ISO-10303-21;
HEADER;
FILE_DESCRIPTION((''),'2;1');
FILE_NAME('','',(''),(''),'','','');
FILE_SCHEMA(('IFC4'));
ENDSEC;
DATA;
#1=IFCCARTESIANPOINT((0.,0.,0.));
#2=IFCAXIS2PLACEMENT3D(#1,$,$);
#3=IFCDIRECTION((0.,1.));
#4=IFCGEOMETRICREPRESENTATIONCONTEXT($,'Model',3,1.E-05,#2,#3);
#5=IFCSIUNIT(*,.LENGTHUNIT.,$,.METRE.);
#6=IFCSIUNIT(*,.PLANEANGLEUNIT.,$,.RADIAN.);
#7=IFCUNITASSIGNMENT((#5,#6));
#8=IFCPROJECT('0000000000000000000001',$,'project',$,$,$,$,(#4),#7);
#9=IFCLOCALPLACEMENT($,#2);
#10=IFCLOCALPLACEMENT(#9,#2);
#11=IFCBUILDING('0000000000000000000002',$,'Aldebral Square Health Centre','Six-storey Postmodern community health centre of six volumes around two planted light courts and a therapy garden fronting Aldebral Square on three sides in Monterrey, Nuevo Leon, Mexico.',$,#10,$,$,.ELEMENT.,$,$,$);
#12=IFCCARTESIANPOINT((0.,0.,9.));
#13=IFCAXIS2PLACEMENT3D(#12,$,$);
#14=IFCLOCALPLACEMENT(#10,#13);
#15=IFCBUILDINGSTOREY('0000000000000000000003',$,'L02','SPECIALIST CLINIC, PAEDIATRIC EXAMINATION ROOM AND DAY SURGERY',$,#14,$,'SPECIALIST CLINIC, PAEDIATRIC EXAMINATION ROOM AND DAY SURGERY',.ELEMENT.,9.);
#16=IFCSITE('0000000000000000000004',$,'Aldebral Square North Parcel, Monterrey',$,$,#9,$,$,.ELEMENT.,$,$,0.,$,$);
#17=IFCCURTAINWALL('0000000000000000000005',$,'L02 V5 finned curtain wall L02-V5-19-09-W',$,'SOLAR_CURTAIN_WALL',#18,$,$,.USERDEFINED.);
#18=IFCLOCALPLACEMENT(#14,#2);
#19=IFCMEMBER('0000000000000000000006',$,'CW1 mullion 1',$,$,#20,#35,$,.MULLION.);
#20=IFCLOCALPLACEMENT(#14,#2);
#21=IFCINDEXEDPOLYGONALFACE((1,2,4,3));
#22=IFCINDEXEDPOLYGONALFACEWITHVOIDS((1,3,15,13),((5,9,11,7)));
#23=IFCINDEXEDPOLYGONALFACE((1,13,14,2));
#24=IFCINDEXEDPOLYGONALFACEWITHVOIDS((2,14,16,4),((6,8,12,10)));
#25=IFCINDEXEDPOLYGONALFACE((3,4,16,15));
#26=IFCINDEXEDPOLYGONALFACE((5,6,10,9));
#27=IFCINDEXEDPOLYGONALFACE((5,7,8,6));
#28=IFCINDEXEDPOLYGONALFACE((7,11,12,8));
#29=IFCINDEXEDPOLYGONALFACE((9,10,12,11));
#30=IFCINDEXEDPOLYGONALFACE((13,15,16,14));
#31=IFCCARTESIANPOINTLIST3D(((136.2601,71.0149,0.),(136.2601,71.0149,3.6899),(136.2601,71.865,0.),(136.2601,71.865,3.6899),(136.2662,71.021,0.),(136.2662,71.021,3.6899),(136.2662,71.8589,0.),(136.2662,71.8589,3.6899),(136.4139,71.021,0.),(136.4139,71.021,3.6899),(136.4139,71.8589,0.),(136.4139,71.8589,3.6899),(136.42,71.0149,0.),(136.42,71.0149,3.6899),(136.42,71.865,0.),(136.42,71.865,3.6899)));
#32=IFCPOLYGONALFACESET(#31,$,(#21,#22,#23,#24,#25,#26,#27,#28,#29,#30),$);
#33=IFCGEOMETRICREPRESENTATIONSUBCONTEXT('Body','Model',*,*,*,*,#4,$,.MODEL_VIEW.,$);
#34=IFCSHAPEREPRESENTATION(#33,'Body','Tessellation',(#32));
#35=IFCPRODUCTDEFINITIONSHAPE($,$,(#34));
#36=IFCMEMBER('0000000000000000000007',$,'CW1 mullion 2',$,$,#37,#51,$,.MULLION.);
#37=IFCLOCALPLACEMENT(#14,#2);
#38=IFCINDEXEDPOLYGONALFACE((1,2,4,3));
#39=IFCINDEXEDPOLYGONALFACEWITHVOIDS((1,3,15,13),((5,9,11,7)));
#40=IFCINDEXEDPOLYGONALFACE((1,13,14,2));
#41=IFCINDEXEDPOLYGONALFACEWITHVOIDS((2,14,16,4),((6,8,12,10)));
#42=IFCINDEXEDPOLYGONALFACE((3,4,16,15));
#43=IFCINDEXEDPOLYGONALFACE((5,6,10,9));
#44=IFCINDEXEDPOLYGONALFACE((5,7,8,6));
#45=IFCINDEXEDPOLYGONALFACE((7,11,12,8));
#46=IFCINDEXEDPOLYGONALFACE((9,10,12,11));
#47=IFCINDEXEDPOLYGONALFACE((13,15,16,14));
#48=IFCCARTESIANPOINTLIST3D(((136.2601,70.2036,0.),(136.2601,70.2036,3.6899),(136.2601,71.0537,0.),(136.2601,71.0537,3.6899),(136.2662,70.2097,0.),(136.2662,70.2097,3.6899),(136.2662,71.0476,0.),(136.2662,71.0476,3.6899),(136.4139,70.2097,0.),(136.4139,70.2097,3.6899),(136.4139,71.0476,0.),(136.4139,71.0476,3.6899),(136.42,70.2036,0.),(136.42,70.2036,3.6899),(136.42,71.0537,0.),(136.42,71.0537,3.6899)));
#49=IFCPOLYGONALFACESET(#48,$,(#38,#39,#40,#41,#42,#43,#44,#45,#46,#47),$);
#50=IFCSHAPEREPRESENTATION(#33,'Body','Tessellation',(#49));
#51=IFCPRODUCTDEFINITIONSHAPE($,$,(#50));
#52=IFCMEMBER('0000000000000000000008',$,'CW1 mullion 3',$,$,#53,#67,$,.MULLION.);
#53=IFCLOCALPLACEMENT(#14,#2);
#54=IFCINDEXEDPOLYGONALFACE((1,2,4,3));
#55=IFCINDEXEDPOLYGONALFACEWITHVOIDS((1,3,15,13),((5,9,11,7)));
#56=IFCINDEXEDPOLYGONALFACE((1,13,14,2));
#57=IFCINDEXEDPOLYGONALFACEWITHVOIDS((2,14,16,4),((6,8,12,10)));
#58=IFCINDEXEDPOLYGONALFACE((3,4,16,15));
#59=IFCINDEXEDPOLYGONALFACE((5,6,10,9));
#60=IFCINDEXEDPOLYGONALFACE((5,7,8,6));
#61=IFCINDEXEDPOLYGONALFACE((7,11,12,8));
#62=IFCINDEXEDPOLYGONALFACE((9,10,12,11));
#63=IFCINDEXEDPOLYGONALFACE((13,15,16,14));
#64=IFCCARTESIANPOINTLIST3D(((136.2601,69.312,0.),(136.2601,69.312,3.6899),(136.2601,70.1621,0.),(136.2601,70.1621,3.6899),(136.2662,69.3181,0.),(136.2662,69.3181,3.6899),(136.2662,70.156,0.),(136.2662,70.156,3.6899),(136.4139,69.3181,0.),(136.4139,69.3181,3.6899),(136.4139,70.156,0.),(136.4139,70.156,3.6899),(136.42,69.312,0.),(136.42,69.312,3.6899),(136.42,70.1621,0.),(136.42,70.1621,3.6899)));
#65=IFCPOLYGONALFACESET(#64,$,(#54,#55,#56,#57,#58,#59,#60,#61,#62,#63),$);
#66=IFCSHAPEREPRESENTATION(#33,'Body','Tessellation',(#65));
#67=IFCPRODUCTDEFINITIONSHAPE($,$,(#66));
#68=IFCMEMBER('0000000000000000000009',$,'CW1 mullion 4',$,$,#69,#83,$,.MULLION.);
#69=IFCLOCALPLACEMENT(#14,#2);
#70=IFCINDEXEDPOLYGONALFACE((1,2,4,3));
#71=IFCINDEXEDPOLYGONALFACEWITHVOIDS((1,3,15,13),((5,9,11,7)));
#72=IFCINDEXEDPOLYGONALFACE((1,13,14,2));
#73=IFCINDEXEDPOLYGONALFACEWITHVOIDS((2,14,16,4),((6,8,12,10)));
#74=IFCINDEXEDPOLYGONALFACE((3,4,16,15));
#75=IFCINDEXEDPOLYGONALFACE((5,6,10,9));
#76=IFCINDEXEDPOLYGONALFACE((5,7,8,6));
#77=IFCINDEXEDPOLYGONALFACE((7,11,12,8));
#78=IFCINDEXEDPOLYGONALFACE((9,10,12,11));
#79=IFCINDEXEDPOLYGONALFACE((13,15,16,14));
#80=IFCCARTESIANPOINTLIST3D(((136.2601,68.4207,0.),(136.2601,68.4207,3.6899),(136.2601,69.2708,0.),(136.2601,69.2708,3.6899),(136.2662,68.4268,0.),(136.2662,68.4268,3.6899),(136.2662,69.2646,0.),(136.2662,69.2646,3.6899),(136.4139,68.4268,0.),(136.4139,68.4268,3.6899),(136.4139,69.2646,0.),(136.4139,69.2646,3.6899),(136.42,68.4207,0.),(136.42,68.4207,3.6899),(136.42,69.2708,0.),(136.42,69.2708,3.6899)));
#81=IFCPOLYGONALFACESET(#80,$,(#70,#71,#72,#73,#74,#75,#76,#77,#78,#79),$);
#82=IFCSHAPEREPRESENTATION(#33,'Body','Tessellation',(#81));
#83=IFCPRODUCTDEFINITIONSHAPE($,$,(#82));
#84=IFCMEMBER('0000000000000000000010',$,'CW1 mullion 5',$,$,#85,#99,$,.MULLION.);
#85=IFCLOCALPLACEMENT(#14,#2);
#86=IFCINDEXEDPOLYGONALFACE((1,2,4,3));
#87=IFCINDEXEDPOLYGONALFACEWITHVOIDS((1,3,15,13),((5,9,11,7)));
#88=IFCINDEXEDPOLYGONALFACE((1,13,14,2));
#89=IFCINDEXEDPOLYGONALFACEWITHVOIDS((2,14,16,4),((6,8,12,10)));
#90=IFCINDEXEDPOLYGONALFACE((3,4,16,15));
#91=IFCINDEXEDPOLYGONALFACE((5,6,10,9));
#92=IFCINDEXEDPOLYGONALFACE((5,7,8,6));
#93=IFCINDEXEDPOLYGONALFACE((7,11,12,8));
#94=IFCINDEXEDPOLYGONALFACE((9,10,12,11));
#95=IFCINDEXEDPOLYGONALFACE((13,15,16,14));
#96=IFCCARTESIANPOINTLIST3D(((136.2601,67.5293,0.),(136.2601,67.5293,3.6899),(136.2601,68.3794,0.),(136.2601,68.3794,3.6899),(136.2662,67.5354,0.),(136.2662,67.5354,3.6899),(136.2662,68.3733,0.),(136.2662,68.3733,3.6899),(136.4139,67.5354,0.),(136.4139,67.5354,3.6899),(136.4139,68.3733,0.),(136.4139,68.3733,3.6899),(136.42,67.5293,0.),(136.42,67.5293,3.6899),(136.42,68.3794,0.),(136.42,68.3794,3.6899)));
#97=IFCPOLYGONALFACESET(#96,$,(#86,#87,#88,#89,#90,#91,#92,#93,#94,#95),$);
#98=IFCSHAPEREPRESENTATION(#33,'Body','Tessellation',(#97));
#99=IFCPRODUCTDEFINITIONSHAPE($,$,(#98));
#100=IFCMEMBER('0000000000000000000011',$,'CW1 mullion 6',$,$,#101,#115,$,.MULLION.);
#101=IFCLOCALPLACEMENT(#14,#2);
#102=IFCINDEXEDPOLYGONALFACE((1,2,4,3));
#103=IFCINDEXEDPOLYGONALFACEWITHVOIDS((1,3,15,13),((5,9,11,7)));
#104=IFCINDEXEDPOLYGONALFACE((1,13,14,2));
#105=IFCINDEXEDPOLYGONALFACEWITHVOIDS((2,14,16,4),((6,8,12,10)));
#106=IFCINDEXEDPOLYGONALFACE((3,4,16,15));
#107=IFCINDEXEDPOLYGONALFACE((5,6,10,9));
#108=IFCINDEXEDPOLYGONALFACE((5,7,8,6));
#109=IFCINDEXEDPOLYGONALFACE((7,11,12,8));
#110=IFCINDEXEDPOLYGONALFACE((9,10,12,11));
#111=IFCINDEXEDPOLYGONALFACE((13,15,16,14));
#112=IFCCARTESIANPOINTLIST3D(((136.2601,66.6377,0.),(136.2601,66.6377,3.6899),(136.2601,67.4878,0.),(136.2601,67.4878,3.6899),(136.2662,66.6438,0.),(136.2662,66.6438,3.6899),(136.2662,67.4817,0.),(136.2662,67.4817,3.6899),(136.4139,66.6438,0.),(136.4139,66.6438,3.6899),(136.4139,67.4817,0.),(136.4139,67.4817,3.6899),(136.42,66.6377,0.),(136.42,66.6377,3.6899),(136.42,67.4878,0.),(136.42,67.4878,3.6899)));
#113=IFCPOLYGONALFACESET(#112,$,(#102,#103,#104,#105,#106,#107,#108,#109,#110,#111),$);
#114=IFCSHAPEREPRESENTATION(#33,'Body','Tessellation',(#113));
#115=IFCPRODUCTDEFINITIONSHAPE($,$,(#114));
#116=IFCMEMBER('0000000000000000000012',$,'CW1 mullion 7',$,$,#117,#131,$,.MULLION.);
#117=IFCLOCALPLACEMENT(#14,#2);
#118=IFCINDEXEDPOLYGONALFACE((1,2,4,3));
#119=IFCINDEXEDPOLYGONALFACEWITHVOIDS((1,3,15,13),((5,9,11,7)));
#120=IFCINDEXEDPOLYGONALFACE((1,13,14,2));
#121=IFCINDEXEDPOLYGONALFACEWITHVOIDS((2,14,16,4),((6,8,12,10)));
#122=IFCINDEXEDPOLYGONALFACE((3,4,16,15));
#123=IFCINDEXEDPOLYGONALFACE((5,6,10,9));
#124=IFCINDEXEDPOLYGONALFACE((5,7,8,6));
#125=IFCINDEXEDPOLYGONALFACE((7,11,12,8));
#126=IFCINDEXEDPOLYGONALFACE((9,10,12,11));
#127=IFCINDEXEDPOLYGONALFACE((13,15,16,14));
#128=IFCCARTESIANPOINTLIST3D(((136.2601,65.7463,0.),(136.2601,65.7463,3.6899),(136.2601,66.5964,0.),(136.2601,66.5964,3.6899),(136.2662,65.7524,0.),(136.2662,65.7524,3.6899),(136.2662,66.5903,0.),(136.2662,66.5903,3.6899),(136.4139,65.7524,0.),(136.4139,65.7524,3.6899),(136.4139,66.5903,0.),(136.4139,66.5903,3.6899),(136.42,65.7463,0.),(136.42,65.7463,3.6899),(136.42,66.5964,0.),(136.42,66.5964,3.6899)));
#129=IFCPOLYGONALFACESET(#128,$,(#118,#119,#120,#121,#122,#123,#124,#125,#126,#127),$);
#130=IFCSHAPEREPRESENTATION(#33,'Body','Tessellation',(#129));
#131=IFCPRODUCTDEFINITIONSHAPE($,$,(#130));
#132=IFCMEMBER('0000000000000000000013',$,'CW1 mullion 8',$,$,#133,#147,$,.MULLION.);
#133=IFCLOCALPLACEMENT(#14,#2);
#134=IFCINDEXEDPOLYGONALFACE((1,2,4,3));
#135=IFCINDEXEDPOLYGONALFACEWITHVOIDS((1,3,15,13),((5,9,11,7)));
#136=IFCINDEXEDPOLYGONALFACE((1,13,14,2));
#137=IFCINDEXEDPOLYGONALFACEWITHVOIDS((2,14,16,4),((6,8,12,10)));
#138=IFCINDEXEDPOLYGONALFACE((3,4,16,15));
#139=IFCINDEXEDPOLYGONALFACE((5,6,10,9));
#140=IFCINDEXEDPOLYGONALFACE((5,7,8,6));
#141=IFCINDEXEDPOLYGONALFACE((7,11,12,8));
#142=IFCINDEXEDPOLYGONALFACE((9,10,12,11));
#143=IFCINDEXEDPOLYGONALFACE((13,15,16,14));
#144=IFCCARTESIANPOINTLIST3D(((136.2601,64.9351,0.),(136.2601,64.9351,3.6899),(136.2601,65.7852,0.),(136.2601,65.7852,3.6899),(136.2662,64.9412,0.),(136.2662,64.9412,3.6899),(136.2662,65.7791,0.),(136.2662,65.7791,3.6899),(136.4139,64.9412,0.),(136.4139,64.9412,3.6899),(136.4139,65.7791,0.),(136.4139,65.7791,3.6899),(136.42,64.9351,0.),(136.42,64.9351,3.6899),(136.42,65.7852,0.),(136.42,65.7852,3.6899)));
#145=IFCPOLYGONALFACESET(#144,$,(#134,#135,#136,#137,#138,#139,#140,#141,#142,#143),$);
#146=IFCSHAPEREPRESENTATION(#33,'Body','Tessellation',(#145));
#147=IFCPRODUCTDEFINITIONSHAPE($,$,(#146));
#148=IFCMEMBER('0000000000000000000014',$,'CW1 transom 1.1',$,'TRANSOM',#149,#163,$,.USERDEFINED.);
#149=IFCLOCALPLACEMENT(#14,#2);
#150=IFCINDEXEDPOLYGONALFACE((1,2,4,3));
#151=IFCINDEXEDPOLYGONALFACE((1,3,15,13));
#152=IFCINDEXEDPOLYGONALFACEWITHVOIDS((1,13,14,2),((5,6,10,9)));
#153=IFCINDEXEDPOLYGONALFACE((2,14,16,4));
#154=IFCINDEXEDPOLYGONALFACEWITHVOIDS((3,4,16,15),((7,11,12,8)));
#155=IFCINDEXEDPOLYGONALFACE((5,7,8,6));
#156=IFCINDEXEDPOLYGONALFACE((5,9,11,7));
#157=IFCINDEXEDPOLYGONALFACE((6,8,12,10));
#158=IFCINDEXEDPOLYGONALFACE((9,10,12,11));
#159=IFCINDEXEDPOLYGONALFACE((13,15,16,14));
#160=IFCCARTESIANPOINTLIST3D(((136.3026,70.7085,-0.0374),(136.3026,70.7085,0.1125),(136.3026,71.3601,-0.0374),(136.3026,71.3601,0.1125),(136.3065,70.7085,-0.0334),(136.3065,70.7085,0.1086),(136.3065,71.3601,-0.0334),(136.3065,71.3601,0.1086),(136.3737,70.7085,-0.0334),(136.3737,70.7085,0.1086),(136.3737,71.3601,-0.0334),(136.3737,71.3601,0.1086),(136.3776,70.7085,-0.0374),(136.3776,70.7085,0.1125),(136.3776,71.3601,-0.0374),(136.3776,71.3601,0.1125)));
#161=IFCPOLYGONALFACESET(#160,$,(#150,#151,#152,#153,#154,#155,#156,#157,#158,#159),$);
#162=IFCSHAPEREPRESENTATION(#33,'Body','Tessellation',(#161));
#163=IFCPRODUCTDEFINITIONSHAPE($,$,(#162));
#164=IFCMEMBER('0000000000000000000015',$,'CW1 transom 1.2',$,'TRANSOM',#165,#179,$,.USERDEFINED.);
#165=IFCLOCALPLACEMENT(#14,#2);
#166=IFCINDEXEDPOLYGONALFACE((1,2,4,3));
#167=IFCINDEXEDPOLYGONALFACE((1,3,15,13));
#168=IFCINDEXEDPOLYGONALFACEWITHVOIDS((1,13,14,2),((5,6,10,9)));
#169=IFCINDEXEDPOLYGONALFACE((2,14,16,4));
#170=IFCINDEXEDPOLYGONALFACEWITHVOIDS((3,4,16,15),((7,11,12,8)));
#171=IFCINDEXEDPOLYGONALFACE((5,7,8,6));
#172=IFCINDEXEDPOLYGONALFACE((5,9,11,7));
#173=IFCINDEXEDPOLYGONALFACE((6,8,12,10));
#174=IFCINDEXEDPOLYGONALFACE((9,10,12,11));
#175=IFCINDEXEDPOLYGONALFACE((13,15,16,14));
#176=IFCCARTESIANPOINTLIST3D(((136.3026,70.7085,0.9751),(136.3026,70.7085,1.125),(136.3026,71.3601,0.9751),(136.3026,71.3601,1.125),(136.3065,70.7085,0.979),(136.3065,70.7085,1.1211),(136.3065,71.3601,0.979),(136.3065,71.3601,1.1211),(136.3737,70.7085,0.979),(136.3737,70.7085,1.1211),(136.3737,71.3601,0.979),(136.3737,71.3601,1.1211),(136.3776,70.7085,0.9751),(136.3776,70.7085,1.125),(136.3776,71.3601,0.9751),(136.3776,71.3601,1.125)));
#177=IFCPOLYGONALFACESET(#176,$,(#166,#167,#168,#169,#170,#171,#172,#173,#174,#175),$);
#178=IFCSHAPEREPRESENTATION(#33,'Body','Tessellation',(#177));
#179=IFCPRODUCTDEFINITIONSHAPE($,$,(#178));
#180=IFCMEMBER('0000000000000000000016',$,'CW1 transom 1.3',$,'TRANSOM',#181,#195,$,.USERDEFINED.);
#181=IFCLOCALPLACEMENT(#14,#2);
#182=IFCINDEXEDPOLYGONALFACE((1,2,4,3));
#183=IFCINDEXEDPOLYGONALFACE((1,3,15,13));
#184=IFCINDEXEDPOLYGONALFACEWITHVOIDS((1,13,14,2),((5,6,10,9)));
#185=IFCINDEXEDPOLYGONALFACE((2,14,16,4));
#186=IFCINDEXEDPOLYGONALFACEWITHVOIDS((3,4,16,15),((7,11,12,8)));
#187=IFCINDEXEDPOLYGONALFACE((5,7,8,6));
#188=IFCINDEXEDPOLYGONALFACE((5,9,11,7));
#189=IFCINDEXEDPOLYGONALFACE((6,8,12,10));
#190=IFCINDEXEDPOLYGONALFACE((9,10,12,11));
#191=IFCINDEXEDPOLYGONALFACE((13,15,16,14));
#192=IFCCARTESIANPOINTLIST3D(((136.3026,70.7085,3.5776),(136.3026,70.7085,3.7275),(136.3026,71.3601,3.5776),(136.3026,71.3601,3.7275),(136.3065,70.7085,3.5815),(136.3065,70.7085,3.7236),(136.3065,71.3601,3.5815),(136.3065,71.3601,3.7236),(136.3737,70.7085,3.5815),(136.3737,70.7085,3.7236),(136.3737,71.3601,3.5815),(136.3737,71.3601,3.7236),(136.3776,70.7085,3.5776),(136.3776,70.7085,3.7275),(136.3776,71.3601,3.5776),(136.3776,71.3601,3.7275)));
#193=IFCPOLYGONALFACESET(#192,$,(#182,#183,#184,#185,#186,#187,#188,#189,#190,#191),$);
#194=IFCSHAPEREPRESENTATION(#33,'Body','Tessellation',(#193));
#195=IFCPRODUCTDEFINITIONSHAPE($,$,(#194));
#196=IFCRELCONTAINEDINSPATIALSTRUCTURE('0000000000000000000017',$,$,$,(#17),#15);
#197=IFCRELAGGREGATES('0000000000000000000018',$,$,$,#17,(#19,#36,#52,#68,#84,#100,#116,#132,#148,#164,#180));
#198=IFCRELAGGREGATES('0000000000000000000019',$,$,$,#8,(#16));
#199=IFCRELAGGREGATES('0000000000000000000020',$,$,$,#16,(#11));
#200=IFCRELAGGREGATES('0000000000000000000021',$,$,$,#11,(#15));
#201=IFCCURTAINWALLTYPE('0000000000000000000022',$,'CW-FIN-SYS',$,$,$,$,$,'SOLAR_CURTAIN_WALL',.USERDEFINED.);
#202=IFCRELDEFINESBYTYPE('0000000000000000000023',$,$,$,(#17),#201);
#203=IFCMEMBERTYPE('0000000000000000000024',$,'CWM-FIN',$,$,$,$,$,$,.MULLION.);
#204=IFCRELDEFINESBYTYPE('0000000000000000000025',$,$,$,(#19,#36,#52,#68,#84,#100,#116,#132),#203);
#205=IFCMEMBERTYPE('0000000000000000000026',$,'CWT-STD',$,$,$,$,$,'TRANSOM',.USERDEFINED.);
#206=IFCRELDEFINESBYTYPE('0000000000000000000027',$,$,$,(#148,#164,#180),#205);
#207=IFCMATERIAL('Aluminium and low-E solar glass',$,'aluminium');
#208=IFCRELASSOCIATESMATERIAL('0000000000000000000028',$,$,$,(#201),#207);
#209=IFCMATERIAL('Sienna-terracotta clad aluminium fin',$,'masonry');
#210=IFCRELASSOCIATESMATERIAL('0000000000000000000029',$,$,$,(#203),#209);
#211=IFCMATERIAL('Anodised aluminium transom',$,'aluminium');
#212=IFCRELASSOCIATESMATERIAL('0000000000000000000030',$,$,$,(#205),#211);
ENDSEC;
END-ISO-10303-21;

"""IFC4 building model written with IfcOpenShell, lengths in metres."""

from ifc_helpers import new_model, si_unit, direction, frame, origin, origin_2d, place, context, subcontext, project, spatial, hollow_rectangle, extrude, material, material_profile, profile_set, type_object, element, aggregate, save


model = new_model("IFC4")

# Units and contexts
model_context = context("Model", 3, precision=1e-05, world=origin(), true_north=direction((0.0, 1.0)))
body_context = subcontext(model_context, "Body", "Model", "MODEL_VIEW")
ifc_project = project(units=[si_unit("LENGTHUNIT", "METRE"), si_unit("PLANEANGLEUNIT", "RADIAN")], contexts=[model_context])

# Site, building, storey
site_placement = place(None, origin())
site = spatial("IfcSite", under=ifc_project, at=site_placement, Name="Aldebral Square North Parcel, Monterrey", CompositionType="ELEMENT", RefElevation=0.0)
building_placement = place(site_placement, origin())
building = spatial("IfcBuilding", under=site, at=building_placement, Name="Aldebral Square Health Centre", Description="Six-storey Postmodern community health centre of six volumes around two planted light courts and a therapy garden fronting Aldebral Square on three sides in Monterrey, Nuevo Leon, Mexico.", CompositionType="ELEMENT")
storey_placement = place(building_placement, frame((0.0, 0.0, 9.0)))
storey = spatial("IfcBuildingStorey", under=building, at=storey_placement, Name="L02", Description="SPECIALIST CLINIC, PAEDIATRIC EXAMINATION ROOM AND DAY SURGERY", LongName="SPECIALIST CLINIC, PAEDIATRIC EXAMINATION ROOM AND DAY SURGERY", CompositionType="ELEMENT", Elevation=9.0)

# Curtain wall, members
ifc_material_1 = material(Name="Aluminium and low-E solar glass", Category="aluminium")
curtain_wall_type = type_object("IfcCurtainWallType", Name="CW-FIN-SYS", ElementType="SOLAR_CURTAIN_WALL", PredefinedType="USERDEFINED", material=ifc_material_1)
curtain_wall_placement = place(storey_placement, origin())
curtain_wall = element("IfcCurtainWall", 1, at=curtain_wall_placement, inside=storey, type_object=curtain_wall_type, Name="L02 V5 finned curtain wall L02-V5-19-09-W", ObjectType="SOLAR_CURTAIN_WALL", PredefinedType="USERDEFINED")
ifc_material_2 = material(Name="Sienna-terracotta clad aluminium fin", Category="masonry")
ifc_material_profile_1 = material_profile(ifc_material_2, hollow_rectangle(XDim=0.1599, YDim=0.8501, WallThickness=0.0061, at=origin_2d()), Name="FIN 160x850x6")
ifc_profile_set_1 = profile_set([ifc_material_profile_1], Name="Sienna-terracotta clad aluminium fin")
member_type_1 = type_object("IfcMemberType", Name="CWM-FIN", PredefinedType="MULLION", material=ifc_profile_set_1)
member_1_placement = place(storey_placement, frame((136.3401, 71.4399, 0.0), z_axis=(0.0, 0.0, 1.0), x_axis=(1.0, 0.0, 0.0)))
member_1 = element("IfcMember", 2, at=member_1_placement, type_object=member_type_1, Name="CW1 mullion 1", PredefinedType="MULLION", context=body_context, shape_type="SweptSolid", body=[
    extrude(hollow_rectangle(XDim=0.1599, YDim=0.8501, WallThickness=0.0061, at=origin_2d()), origin(), (0.0, 0.0, 1.0), 3.6899),
])
member_2_placement = place(storey_placement, frame((136.3401, 70.6287, 0.0), z_axis=(0.0, 0.0, 1.0), x_axis=(1.0, 0.0, 0.0)))
member_2 = element("IfcMember", 3, at=member_2_placement, type_object=member_type_1, Name="CW1 mullion 2", PredefinedType="MULLION", context=body_context, shape_type="SweptSolid", body=[
    extrude(hollow_rectangle(XDim=0.1599, YDim=0.8501, WallThickness=0.0061, at=origin_2d()), origin(), (0.0, 0.0, 1.0), 3.6899),
])
member_3_placement = place(storey_placement, frame((136.3401, 69.7371, 0.0), z_axis=(0.0, 0.0, 1.0), x_axis=(1.0, 0.0, 0.0)))
member_3 = element("IfcMember", 4, at=member_3_placement, type_object=member_type_1, Name="CW1 mullion 3", PredefinedType="MULLION", context=body_context, shape_type="SweptSolid", body=[
    extrude(hollow_rectangle(XDim=0.1599, YDim=0.8501, WallThickness=0.0061, at=origin_2d()), origin(), (0.0, 0.0, 1.0), 3.6899),
])
member_4_placement = place(storey_placement, frame((136.3401, 68.8457, 0.0), z_axis=(0.0, 0.0, 1.0), x_axis=(1.0, 0.0, 0.0)))
member_4 = element("IfcMember", 5, at=member_4_placement, type_object=member_type_1, Name="CW1 mullion 4", PredefinedType="MULLION", context=body_context, shape_type="SweptSolid", body=[
    extrude(hollow_rectangle(XDim=0.1599, YDim=0.8501, WallThickness=0.0061, at=origin_2d()), origin(), (0.0, 0.0, 1.0), 3.6899),
])
member_5_placement = place(storey_placement, frame((136.3401, 67.9543, 0.0), z_axis=(0.0, 0.0, 1.0), x_axis=(1.0, 0.0, 0.0)))
member_5 = element("IfcMember", 6, at=member_5_placement, type_object=member_type_1, Name="CW1 mullion 5", PredefinedType="MULLION", context=body_context, shape_type="SweptSolid", body=[
    extrude(hollow_rectangle(XDim=0.1599, YDim=0.8501, WallThickness=0.0061, at=origin_2d()), origin(), (0.0, 0.0, 1.0), 3.6899),
])
member_6_placement = place(storey_placement, frame((136.3401, 67.0627, 0.0), z_axis=(0.0, 0.0, 1.0), x_axis=(1.0, 0.0, 0.0)))
member_6 = element("IfcMember", 7, at=member_6_placement, type_object=member_type_1, Name="CW1 mullion 6", PredefinedType="MULLION", context=body_context, shape_type="SweptSolid", body=[
    extrude(hollow_rectangle(XDim=0.1599, YDim=0.8501, WallThickness=0.0061, at=origin_2d()), origin(), (0.0, 0.0, 1.0), 3.6899),
])
member_7_placement = place(storey_placement, frame((136.3401, 66.1714, 0.0), z_axis=(0.0, 0.0, 1.0), x_axis=(1.0, 0.0, 0.0)))
member_7 = element("IfcMember", 8, at=member_7_placement, type_object=member_type_1, Name="CW1 mullion 7", PredefinedType="MULLION", context=body_context, shape_type="SweptSolid", body=[
    extrude(hollow_rectangle(XDim=0.1599, YDim=0.8501, WallThickness=0.0061, at=origin_2d()), origin(), (0.0, 0.0, 1.0), 3.6899),
])
member_8_placement = place(storey_placement, frame((136.3401, 65.3601, 0.0), z_axis=(0.0, 0.0, 1.0), x_axis=(1.0, 0.0, 0.0)))
member_8 = element("IfcMember", 9, at=member_8_placement, type_object=member_type_1, Name="CW1 mullion 8", PredefinedType="MULLION", context=body_context, shape_type="SweptSolid", body=[
    extrude(hollow_rectangle(XDim=0.1599, YDim=0.8501, WallThickness=0.0061, at=origin_2d()), origin(), (0.0, 0.0, 1.0), 3.6899),
])
ifc_material_3 = material(Name="Anodised aluminium transom", Category="aluminium")
ifc_material_profile_2 = material_profile(ifc_material_3, hollow_rectangle(XDim=0.075, YDim=0.1499, WallThickness=0.0039, at=origin_2d()), Name="CWT 75x150x4")
ifc_profile_set_2 = profile_set([ifc_material_profile_2], Name="Anodised aluminium transom")
member_type_2 = type_object("IfcMemberType", Name="CWT-STD", ElementType="TRANSOM", PredefinedType="USERDEFINED", material=ifc_profile_set_2)
member_9_placement = place(storey_placement, frame((136.3401, 71.3601, 0.0376), z_axis=(0.0, -1.0, 0.0), x_axis=(1.0, 0.0, 0.0)))
member_9 = element("IfcMember", 10, at=member_9_placement, type_object=member_type_2, Name="CW1 transom 1.1", ObjectType="TRANSOM", PredefinedType="USERDEFINED", context=body_context, shape_type="SweptSolid", body=[
    extrude(hollow_rectangle(XDim=0.075, YDim=0.1499, WallThickness=0.0039, at=origin_2d()), origin(), (0.0, 0.0, 1.0), 0.6516),
])
member_10_placement = place(storey_placement, frame((136.3401, 71.3601, 1.05), z_axis=(0.0, -1.0, 0.0), x_axis=(1.0, 0.0, 0.0)))
member_10 = element("IfcMember", 11, at=member_10_placement, type_object=member_type_2, Name="CW1 transom 1.2", ObjectType="TRANSOM", PredefinedType="USERDEFINED", context=body_context, shape_type="SweptSolid", body=[
    extrude(hollow_rectangle(XDim=0.075, YDim=0.1499, WallThickness=0.0039, at=origin_2d()), origin(), (0.0, 0.0, 1.0), 0.6516),
])
member_11_placement = place(storey_placement, frame((136.3401, 71.3601, 3.6526), z_axis=(0.0, -1.0, 0.0), x_axis=(1.0, 0.0, 0.0)))
member_11 = element("IfcMember", 12, at=member_11_placement, type_object=member_type_2, Name="CW1 transom 1.3", ObjectType="TRANSOM", PredefinedType="USERDEFINED", context=body_context, shape_type="SweptSolid", body=[
    extrude(hollow_rectangle(XDim=0.075, YDim=0.1499, WallThickness=0.0039, at=origin_2d()), origin(), (0.0, 0.0, 1.0), 0.6516),
])
aggregate(curtain_wall, [member_1, member_2, member_3, member_4, member_5, member_6, member_7, member_8, member_9, member_10, member_11])

save(model, "model.ifc")
